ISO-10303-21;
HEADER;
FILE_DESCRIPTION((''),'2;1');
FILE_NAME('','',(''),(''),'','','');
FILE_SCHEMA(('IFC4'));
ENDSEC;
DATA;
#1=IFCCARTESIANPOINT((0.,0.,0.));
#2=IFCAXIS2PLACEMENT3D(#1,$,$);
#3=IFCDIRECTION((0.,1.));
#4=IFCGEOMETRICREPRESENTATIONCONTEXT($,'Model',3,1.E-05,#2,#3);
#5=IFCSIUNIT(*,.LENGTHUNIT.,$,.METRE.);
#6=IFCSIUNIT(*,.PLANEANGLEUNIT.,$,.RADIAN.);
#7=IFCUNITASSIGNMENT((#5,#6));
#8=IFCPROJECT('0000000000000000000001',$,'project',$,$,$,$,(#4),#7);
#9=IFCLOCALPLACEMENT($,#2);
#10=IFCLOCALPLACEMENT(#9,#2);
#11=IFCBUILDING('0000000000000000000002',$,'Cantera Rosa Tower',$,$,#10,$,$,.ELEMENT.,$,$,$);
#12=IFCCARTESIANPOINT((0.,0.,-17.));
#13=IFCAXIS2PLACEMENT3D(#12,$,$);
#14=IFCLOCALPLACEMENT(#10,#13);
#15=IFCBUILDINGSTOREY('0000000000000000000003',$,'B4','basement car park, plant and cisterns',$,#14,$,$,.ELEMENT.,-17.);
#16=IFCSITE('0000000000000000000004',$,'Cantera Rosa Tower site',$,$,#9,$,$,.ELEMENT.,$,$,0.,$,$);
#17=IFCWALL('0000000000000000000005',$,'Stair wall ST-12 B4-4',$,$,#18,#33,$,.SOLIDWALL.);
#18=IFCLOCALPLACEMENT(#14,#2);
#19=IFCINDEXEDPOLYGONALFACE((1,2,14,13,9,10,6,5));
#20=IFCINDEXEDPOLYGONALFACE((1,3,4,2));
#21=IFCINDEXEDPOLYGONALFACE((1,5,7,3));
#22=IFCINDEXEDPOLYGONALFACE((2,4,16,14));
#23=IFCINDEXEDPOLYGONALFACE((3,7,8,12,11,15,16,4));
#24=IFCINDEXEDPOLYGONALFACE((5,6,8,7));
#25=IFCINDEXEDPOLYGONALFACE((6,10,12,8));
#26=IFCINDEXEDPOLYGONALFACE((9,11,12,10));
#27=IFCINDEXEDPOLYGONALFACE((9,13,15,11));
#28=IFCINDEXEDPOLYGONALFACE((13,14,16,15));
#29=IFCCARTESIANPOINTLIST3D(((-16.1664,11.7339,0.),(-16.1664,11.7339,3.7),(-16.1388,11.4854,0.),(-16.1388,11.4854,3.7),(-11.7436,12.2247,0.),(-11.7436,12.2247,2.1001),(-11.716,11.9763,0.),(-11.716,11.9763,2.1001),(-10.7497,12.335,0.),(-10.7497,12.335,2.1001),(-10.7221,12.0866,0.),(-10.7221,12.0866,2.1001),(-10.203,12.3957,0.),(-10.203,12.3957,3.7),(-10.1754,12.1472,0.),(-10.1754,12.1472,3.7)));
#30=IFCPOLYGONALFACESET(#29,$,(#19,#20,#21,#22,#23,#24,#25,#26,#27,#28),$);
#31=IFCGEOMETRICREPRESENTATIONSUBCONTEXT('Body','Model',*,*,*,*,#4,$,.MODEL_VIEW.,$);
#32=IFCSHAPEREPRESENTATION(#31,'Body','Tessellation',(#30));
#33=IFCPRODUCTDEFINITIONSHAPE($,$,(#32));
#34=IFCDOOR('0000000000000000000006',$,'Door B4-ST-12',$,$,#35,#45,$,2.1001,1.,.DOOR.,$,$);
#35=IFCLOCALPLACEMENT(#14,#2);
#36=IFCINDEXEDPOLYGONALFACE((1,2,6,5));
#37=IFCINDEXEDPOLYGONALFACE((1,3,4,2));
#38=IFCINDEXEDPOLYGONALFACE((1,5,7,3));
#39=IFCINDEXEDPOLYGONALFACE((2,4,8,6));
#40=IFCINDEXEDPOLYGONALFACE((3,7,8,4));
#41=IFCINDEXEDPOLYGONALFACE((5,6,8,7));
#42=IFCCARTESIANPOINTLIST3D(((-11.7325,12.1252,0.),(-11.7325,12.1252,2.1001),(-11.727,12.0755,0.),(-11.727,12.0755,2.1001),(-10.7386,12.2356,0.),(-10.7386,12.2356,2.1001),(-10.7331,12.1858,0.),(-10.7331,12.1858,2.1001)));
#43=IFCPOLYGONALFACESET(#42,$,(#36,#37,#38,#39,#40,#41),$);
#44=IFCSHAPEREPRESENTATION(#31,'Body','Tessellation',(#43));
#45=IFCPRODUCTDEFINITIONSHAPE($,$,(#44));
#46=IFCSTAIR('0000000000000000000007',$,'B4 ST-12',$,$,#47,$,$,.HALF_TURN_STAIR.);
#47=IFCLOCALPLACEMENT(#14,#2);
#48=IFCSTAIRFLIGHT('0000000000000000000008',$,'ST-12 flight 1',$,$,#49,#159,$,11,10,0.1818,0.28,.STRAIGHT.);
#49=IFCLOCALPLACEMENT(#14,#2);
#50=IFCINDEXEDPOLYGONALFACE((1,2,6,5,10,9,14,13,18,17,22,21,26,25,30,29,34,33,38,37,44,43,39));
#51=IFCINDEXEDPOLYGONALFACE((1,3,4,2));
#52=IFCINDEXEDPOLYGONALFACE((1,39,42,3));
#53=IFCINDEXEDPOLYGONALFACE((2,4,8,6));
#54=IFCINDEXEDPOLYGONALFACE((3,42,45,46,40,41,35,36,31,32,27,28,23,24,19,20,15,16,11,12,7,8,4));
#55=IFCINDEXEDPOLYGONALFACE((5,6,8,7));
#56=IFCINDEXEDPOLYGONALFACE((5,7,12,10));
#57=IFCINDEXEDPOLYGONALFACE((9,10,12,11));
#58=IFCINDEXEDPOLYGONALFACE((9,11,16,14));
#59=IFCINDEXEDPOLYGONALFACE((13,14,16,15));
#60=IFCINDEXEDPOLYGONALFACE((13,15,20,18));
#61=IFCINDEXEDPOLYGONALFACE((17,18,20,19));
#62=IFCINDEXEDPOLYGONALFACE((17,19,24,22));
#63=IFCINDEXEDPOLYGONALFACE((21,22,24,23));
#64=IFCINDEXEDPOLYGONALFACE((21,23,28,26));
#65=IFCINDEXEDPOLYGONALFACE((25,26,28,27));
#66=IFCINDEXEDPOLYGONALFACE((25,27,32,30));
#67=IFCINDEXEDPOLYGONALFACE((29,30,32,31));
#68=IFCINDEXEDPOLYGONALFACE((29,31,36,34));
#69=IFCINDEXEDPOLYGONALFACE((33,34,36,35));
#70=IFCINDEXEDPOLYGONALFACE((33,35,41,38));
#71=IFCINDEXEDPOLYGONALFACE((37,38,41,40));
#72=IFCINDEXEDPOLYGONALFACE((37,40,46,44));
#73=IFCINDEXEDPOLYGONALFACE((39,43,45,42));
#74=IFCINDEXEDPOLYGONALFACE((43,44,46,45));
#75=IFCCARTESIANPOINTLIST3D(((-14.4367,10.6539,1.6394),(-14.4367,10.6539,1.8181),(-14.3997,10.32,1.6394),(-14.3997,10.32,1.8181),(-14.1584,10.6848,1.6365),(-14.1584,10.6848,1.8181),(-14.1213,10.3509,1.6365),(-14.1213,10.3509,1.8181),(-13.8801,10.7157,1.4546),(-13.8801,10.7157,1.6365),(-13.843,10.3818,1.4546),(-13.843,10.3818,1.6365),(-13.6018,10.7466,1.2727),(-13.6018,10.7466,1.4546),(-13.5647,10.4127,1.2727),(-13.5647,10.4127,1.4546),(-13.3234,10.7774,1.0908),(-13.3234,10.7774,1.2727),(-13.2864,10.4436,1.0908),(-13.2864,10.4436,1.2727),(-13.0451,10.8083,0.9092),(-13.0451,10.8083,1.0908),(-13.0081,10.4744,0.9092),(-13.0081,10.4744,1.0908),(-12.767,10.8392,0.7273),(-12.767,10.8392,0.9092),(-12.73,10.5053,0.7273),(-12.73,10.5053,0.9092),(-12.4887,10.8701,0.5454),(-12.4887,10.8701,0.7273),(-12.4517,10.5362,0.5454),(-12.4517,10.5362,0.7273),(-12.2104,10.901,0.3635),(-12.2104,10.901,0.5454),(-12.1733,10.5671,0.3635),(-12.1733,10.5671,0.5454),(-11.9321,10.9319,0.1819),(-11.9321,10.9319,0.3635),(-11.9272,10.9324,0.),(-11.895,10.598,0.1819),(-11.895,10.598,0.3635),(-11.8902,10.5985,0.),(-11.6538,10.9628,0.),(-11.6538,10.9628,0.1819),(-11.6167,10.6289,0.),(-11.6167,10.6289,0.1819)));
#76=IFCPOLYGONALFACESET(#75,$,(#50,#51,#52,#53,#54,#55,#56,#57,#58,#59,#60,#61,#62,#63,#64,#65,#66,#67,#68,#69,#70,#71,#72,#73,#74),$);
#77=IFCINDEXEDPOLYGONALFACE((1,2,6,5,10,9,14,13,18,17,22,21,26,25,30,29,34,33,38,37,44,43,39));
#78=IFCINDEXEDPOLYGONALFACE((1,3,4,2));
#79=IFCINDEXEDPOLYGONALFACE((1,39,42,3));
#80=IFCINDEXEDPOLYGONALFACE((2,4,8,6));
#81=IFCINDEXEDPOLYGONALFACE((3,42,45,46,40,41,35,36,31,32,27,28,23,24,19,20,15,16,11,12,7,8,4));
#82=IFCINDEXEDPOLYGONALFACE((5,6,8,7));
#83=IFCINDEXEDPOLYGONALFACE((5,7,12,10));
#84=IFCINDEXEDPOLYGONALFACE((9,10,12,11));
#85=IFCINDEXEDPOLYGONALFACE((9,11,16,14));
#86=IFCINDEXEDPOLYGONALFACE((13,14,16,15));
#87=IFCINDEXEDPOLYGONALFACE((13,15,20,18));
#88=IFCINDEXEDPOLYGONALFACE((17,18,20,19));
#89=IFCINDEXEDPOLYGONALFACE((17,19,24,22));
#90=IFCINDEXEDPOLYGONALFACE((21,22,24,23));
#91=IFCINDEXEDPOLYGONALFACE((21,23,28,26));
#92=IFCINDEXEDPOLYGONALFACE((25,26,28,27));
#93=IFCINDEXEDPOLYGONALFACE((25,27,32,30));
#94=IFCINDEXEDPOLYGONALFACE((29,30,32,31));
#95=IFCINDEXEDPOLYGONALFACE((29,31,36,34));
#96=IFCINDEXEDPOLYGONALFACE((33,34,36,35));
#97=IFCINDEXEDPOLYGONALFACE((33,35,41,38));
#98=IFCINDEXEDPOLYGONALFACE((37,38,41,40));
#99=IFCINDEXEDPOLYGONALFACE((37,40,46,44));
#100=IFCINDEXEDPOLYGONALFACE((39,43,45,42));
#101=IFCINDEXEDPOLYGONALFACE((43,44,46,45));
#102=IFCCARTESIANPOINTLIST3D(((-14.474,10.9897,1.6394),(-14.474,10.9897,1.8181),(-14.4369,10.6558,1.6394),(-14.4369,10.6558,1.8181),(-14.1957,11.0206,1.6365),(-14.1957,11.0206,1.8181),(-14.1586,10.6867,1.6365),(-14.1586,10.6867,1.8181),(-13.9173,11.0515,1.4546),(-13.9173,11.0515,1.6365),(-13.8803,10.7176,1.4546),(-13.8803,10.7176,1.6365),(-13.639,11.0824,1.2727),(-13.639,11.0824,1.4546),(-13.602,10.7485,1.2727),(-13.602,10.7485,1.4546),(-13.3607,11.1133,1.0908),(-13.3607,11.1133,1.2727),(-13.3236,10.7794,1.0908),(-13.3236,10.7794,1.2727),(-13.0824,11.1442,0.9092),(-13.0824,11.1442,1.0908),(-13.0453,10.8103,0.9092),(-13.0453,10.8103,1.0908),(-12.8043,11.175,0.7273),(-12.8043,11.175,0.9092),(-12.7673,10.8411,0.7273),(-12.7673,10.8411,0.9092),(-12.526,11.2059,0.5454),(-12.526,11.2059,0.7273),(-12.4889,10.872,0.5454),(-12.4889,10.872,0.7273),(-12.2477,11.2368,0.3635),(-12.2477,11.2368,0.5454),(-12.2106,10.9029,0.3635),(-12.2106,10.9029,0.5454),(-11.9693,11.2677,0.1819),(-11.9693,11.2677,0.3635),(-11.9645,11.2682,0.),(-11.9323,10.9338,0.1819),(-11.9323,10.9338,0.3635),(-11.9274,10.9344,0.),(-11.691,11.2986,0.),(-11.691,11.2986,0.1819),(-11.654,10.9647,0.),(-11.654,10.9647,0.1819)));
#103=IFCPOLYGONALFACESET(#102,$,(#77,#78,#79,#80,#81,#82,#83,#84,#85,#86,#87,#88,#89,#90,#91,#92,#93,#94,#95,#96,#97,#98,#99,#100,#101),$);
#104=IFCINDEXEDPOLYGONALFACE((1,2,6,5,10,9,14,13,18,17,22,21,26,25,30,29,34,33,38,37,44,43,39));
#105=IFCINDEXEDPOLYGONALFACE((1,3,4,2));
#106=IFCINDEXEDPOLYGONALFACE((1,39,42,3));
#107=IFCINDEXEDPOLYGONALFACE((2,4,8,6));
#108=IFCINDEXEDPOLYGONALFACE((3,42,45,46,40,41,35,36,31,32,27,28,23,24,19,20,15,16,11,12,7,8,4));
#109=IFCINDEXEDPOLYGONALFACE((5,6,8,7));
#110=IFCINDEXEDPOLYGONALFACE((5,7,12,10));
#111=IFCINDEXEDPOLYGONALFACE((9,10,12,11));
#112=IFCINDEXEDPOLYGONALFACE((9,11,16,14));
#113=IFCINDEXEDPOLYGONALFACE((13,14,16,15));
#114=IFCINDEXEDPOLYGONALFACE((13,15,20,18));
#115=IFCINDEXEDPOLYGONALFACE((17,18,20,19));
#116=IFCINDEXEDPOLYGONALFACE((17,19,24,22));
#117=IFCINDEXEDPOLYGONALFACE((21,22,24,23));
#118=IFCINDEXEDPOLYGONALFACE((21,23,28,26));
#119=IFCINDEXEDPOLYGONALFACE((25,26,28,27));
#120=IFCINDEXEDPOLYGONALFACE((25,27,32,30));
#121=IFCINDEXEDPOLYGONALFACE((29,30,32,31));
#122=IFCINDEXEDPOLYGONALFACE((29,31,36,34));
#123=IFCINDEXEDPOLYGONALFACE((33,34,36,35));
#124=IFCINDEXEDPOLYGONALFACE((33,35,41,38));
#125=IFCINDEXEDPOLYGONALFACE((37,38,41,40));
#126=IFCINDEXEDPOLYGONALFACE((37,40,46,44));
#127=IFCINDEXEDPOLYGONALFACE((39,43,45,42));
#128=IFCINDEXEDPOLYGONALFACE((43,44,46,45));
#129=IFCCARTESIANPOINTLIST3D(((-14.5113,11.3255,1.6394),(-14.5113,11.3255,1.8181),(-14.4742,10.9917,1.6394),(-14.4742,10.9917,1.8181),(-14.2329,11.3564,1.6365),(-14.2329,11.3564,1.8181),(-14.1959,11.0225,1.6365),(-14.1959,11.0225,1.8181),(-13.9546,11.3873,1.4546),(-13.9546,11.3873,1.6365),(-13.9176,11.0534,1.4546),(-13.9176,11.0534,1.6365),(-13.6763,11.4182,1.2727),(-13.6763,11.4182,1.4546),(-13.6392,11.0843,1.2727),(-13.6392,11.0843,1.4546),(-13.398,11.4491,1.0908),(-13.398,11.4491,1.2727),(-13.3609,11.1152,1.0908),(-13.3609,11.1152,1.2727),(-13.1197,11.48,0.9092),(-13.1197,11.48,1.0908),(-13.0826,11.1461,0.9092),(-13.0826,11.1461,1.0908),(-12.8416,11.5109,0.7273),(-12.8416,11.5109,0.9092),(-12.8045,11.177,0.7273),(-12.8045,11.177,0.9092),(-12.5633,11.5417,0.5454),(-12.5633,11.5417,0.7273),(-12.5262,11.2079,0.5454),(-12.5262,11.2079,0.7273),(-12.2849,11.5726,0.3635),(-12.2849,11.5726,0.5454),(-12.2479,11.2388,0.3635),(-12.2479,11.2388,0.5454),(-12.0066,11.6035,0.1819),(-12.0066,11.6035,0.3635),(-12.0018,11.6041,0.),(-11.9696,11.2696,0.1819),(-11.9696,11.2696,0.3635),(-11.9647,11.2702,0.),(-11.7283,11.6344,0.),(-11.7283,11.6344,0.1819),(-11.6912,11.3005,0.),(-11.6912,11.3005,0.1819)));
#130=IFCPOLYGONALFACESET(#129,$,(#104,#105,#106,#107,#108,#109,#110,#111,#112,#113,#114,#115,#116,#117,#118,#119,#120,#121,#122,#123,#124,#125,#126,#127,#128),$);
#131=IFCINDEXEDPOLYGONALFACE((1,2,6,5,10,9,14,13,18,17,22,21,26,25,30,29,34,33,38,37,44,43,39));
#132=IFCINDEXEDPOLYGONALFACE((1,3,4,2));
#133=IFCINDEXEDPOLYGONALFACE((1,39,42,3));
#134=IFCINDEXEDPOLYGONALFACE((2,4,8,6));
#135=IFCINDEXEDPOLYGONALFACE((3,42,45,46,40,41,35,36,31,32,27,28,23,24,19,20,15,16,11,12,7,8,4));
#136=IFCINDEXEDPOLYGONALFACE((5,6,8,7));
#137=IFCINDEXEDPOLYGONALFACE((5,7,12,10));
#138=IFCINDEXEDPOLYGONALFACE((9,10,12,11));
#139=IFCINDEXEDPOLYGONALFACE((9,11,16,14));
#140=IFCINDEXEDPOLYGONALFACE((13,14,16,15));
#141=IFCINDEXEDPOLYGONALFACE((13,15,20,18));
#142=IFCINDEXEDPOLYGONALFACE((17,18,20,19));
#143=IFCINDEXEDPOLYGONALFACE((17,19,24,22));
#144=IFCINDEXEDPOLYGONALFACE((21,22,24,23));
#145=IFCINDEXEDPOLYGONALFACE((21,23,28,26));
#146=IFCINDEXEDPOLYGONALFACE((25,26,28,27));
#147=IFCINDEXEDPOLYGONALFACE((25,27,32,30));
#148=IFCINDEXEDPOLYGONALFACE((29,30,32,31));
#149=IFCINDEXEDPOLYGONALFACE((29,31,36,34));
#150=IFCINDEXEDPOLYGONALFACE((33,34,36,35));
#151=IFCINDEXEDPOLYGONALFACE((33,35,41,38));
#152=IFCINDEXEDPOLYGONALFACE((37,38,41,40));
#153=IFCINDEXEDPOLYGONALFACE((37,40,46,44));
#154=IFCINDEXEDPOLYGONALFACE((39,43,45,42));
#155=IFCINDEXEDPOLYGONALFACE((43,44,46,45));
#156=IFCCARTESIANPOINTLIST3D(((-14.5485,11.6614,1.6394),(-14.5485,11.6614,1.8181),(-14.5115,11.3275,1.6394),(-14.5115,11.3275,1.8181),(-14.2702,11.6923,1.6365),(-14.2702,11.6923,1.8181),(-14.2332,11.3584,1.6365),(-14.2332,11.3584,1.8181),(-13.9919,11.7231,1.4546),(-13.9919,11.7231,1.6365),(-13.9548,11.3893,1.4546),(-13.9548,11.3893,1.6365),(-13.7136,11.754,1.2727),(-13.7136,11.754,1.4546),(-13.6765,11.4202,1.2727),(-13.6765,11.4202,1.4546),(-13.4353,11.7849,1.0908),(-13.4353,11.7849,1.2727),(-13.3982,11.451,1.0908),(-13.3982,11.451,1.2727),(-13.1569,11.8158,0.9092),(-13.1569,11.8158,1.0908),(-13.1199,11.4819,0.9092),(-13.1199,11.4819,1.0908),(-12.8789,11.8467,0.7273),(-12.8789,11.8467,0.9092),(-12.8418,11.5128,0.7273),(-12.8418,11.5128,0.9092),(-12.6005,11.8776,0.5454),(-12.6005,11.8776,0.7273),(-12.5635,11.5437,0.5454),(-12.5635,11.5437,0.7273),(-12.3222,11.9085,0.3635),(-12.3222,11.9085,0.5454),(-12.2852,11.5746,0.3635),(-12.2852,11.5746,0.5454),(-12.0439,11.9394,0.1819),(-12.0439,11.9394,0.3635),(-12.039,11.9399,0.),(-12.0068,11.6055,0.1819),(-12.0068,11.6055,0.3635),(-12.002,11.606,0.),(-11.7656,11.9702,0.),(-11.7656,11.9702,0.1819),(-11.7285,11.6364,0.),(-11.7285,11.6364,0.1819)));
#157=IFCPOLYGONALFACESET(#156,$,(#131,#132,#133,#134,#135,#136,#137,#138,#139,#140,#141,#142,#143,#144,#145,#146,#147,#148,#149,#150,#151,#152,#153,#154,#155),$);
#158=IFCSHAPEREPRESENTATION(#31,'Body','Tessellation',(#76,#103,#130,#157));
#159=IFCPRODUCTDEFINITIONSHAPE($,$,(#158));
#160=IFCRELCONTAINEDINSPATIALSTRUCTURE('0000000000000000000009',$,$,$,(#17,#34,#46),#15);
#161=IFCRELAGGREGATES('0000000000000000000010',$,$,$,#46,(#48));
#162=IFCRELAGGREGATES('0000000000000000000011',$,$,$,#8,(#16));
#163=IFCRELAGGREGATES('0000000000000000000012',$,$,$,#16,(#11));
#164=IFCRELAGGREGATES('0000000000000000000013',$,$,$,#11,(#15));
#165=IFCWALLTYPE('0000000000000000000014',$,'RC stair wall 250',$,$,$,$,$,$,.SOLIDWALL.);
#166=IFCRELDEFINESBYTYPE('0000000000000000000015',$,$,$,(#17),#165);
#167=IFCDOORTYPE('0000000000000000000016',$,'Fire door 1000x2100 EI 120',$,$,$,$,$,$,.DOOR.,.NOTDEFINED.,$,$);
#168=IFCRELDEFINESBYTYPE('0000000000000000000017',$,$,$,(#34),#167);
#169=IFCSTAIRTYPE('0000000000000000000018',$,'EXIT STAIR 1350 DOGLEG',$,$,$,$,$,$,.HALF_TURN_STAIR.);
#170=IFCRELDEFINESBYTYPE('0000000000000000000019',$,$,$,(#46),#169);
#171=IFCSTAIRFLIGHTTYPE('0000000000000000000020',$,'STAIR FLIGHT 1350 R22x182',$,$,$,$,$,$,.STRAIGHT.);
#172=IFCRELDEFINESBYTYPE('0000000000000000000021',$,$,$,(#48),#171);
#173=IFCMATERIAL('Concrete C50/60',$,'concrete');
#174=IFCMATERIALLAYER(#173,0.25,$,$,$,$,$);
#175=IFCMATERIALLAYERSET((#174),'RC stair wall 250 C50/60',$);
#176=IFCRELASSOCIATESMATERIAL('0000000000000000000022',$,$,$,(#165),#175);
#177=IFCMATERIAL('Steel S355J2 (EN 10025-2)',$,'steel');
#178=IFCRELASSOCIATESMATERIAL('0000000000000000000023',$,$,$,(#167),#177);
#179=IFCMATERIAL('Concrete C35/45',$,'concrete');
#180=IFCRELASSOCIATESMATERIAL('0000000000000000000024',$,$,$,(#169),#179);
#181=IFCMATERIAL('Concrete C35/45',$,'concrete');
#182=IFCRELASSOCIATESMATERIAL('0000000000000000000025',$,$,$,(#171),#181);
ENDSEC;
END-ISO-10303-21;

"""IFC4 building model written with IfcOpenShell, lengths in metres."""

from ifc_helpers import new_model, si_unit, direction, frame, frame_2d, origin, place, context, subcontext, project, spatial, polyline, rectangle, outline, extrude, material, layer, layer_set, type_object, element, fill, aggregate, save


model = new_model("IFC4")

# Units and contexts
model_context = context("Model", 3, precision=1e-05, world=origin(), true_north=direction((0.0, 1.0)))
body_context = subcontext(model_context, "Body", "Model", "MODEL_VIEW")
ifc_project = project(units=[si_unit("LENGTHUNIT", "METRE"), si_unit("PLANEANGLEUNIT", "RADIAN")], contexts=[model_context])

# Site, building, storey
site_placement = place(None, origin())
site = spatial("IfcSite", under=ifc_project, at=site_placement, Name="Cantera Rosa Tower site", CompositionType="ELEMENT", RefElevation=0.0)
building_placement = place(site_placement, origin())
building = spatial("IfcBuilding", under=site, at=building_placement, Name="Cantera Rosa Tower", CompositionType="ELEMENT")
storey_placement = place(building_placement, frame((0.0, 0.0, -17.0)))
storey = spatial("IfcBuildingStorey", under=building, at=storey_placement, Name="B4", Description="basement car park, plant and cisterns", CompositionType="ELEMENT", Elevation=-17.0)

# Shared definitions
ifc_material_1 = material(Name="Concrete C50/60", Category="concrete")
ifc_layer_1 = layer(ifc_material_1, 0.25)
ifc_layer_set_1 = layer_set([ifc_layer_1], Name="RC stair wall 250 C50/60")
wall_type_1 = type_object("IfcWallType", Name="RC stair wall 250", PredefinedType="SOLIDWALL", material=ifc_layer_set_1)

# Wall, opening, door
wall_1_placement = place(storey_placement, frame((-16.1526, 11.6096, 0.0), z_axis=(0.0, 0.0, 1.0), x_axis=(0.993897, 0.110311, 0.0)))
wall_1 = element("IfcWall", 1, at=wall_1_placement, inside=storey, type_object=wall_type_1, Name="Stair wall ST-12 B4-4", PredefinedType="SOLIDWALL", context=body_context, shape_type="SweptSolid", body=[
    extrude(rectangle(XDim=6.0, YDim=0.25, at=frame_2d((3.0, 0.0))), origin(), (0.0, 0.0, 1.0), 3.7),
])
opening_1_placement = place(wall_1_placement, frame((4.45, 0.0, 0.0)))
opening_1 = element("IfcOpeningElement", 2, at=opening_1_placement, cuts=wall_1, PredefinedType="OPENING", context=body_context, shape_type="SweptSolid", body=[
    extrude(rectangle(XDim=1.0, YDim=2.1001, at=frame_2d((0.5, 1.05))), frame((0.0, 0.135, 0.0), z_axis=(0.0, -1.0, 0.0), x_axis=(1.0, 0.0, 0.0)), (0.0, 0.0, 1.0), 0.27),
])
ifc_material_2 = material(Name="Steel S355J2 (EN 10025-2)", Category="steel")
door_type_1 = type_object("IfcDoorType", Name="Fire door 1000x2100 EI 120", OperationType="NOTDEFINED", PredefinedType="DOOR", material=ifc_material_2)
door_1_placement = place(opening_1_placement, origin())
door_1 = element("IfcDoor", 3, at=door_1_placement, inside=storey, type_object=door_type_1, Name="Door B4-ST-12", OverallHeight=2.1001, OverallWidth=1.0, PredefinedType="DOOR", context=body_context, shape_type="SweptSolid", body=[
    extrude(rectangle(XDim=1.0, YDim=2.1001, at=frame_2d((0.5, 1.05))), frame((0.0, 0.0249, 0.0), z_axis=(0.0, -1.0, 0.0), x_axis=(1.0, 0.0, 0.0)), (0.0, 0.0, 1.0), 0.05),
])
fill(opening_1, door_1)

# Stair, stair flight
ifc_material_3 = material(Name="Concrete C35/45", Category="concrete")
stair_type = type_object("IfcStairType", Name="EXIT STAIR 1350 DOGLEG", PredefinedType="HALF_TURN_STAIR", material=ifc_material_3)
stair_placement = place(storey_placement, origin())
stair = element("IfcStair", 4, at=stair_placement, inside=storey, type_object=stair_type, Name="B4 ST-12", PredefinedType="HALF_TURN_STAIR")
ifc_material_4 = material(Name="Concrete C35/45", Category="concrete")
stair_flight_type = type_object("IfcStairFlightType", Name="STAIR FLIGHT 1350 R22x182", PredefinedType="STRAIGHT", material=ifc_material_4)
stair_flight_placement = place(storey_placement, frame((-11.6912, 11.2998, 0.0), z_axis=(0.0, 0.0, 1.0), x_axis=(-0.993897, -0.110313, 0.0)))
stair_flight = element("IfcStairFlight", 5, at=stair_flight_placement, type_object=stair_flight_type, Name="ST-12 flight 1", NumberOfRisers=11, NumberOfTreads=10, PredefinedType="STRAIGHT", RiserHeight=0.1818, TreadLength=0.28, context=body_context, shape_type="SweptSolid", body=[
    extrude(outline(polyline([(0.0, 0.0), (0.0, 0.1819), (0.28, 0.1819), (0.28, 0.3635), (0.5601, 0.3635), (0.5601, 0.5454), (0.8401, 0.5454), (0.8401, 0.7273), (1.1201, 0.7273), (1.1201, 0.9092), (1.3999, 0.9092), (1.3999, 1.0908), (1.6799, 1.0908), (1.6799, 1.2727), (1.96, 1.2727), (1.96, 1.4546), (2.24, 1.4546), (2.24, 1.6365), (2.52, 1.6365), (2.52, 1.8181), (2.8, 1.8181), (2.8, 2.0), (2.8, 1.6394), (0.2751, 0.0), (0.0, 0.0)])), frame((0.0, 0.675, 0.0), z_axis=(0.0, -1.0, 0.0), x_axis=(1.0, 0.0, 0.0)), (0.0, 0.0, 1.0), 0.3359),
    extrude(outline(polyline([(0.0, 0.0), (0.0, 0.1819), (0.28, 0.1819), (0.28, 0.3635), (0.5601, 0.3635), (0.5601, 0.5454), (0.8401, 0.5454), (0.8401, 0.7273), (1.1201, 0.7273), (1.1201, 0.9092), (1.3999, 0.9092), (1.3999, 1.0908), (1.6799, 1.0908), (1.6799, 1.2727), (1.96, 1.2727), (1.96, 1.4546), (2.24, 1.4546), (2.24, 1.6365), (2.52, 1.6365), (2.52, 1.8181), (2.8, 1.8181), (2.8, 2.0), (2.8, 1.6394), (0.2751, 0.0), (0.0, 0.0)])), frame((0.0, 0.3372, 0.0), z_axis=(0.0, -1.0, 0.0), x_axis=(1.0, 0.0, 0.0)), (0.0, 0.0, 1.0), 0.3359),
    extrude(outline(polyline([(0.0, 0.0), (0.0, 0.1819), (0.28, 0.1819), (0.28, 0.3635), (0.5601, 0.3635), (0.5601, 0.5454), (0.8401, 0.5454), (0.8401, 0.7273), (1.1201, 0.7273), (1.1201, 0.9092), (1.3999, 0.9092), (1.3999, 1.0908), (1.6799, 1.0908), (1.6799, 1.2727), (1.96, 1.2727), (1.96, 1.4546), (2.24, 1.4546), (2.24, 1.6365), (2.52, 1.6365), (2.52, 1.8181), (2.8, 1.8181), (2.8, 2.0), (2.8, 1.6394), (0.2751, 0.0), (0.0, 0.0)])), frame((0.0, -0.0007, 0.0), z_axis=(0.0, -1.0, 0.0), x_axis=(1.0, 0.0, 0.0)), (0.0, 0.0, 1.0), 0.3359),
    extrude(outline(polyline([(0.0, 0.0), (0.0, 0.1819), (0.28, 0.1819), (0.28, 0.3635), (0.5601, 0.3635), (0.5601, 0.5454), (0.8401, 0.5454), (0.8401, 0.7273), (1.1201, 0.7273), (1.1201, 0.9092), (1.3999, 0.9092), (1.3999, 1.0908), (1.6799, 1.0908), (1.6799, 1.2727), (1.96, 1.2727), (1.96, 1.4546), (2.24, 1.4546), (2.24, 1.6365), (2.52, 1.6365), (2.52, 1.8181), (2.8, 1.8181), (2.8, 2.0), (2.8, 1.6394), (0.2751, 0.0), (0.0, 0.0)])), frame((0.0, -0.3386, 0.0), z_axis=(0.0, -1.0, 0.0), x_axis=(1.0, 0.0, 0.0)), (0.0, 0.0, 1.0), 0.3359),
])
aggregate(stair, [stair_flight])

save(model, "model.ifc")
